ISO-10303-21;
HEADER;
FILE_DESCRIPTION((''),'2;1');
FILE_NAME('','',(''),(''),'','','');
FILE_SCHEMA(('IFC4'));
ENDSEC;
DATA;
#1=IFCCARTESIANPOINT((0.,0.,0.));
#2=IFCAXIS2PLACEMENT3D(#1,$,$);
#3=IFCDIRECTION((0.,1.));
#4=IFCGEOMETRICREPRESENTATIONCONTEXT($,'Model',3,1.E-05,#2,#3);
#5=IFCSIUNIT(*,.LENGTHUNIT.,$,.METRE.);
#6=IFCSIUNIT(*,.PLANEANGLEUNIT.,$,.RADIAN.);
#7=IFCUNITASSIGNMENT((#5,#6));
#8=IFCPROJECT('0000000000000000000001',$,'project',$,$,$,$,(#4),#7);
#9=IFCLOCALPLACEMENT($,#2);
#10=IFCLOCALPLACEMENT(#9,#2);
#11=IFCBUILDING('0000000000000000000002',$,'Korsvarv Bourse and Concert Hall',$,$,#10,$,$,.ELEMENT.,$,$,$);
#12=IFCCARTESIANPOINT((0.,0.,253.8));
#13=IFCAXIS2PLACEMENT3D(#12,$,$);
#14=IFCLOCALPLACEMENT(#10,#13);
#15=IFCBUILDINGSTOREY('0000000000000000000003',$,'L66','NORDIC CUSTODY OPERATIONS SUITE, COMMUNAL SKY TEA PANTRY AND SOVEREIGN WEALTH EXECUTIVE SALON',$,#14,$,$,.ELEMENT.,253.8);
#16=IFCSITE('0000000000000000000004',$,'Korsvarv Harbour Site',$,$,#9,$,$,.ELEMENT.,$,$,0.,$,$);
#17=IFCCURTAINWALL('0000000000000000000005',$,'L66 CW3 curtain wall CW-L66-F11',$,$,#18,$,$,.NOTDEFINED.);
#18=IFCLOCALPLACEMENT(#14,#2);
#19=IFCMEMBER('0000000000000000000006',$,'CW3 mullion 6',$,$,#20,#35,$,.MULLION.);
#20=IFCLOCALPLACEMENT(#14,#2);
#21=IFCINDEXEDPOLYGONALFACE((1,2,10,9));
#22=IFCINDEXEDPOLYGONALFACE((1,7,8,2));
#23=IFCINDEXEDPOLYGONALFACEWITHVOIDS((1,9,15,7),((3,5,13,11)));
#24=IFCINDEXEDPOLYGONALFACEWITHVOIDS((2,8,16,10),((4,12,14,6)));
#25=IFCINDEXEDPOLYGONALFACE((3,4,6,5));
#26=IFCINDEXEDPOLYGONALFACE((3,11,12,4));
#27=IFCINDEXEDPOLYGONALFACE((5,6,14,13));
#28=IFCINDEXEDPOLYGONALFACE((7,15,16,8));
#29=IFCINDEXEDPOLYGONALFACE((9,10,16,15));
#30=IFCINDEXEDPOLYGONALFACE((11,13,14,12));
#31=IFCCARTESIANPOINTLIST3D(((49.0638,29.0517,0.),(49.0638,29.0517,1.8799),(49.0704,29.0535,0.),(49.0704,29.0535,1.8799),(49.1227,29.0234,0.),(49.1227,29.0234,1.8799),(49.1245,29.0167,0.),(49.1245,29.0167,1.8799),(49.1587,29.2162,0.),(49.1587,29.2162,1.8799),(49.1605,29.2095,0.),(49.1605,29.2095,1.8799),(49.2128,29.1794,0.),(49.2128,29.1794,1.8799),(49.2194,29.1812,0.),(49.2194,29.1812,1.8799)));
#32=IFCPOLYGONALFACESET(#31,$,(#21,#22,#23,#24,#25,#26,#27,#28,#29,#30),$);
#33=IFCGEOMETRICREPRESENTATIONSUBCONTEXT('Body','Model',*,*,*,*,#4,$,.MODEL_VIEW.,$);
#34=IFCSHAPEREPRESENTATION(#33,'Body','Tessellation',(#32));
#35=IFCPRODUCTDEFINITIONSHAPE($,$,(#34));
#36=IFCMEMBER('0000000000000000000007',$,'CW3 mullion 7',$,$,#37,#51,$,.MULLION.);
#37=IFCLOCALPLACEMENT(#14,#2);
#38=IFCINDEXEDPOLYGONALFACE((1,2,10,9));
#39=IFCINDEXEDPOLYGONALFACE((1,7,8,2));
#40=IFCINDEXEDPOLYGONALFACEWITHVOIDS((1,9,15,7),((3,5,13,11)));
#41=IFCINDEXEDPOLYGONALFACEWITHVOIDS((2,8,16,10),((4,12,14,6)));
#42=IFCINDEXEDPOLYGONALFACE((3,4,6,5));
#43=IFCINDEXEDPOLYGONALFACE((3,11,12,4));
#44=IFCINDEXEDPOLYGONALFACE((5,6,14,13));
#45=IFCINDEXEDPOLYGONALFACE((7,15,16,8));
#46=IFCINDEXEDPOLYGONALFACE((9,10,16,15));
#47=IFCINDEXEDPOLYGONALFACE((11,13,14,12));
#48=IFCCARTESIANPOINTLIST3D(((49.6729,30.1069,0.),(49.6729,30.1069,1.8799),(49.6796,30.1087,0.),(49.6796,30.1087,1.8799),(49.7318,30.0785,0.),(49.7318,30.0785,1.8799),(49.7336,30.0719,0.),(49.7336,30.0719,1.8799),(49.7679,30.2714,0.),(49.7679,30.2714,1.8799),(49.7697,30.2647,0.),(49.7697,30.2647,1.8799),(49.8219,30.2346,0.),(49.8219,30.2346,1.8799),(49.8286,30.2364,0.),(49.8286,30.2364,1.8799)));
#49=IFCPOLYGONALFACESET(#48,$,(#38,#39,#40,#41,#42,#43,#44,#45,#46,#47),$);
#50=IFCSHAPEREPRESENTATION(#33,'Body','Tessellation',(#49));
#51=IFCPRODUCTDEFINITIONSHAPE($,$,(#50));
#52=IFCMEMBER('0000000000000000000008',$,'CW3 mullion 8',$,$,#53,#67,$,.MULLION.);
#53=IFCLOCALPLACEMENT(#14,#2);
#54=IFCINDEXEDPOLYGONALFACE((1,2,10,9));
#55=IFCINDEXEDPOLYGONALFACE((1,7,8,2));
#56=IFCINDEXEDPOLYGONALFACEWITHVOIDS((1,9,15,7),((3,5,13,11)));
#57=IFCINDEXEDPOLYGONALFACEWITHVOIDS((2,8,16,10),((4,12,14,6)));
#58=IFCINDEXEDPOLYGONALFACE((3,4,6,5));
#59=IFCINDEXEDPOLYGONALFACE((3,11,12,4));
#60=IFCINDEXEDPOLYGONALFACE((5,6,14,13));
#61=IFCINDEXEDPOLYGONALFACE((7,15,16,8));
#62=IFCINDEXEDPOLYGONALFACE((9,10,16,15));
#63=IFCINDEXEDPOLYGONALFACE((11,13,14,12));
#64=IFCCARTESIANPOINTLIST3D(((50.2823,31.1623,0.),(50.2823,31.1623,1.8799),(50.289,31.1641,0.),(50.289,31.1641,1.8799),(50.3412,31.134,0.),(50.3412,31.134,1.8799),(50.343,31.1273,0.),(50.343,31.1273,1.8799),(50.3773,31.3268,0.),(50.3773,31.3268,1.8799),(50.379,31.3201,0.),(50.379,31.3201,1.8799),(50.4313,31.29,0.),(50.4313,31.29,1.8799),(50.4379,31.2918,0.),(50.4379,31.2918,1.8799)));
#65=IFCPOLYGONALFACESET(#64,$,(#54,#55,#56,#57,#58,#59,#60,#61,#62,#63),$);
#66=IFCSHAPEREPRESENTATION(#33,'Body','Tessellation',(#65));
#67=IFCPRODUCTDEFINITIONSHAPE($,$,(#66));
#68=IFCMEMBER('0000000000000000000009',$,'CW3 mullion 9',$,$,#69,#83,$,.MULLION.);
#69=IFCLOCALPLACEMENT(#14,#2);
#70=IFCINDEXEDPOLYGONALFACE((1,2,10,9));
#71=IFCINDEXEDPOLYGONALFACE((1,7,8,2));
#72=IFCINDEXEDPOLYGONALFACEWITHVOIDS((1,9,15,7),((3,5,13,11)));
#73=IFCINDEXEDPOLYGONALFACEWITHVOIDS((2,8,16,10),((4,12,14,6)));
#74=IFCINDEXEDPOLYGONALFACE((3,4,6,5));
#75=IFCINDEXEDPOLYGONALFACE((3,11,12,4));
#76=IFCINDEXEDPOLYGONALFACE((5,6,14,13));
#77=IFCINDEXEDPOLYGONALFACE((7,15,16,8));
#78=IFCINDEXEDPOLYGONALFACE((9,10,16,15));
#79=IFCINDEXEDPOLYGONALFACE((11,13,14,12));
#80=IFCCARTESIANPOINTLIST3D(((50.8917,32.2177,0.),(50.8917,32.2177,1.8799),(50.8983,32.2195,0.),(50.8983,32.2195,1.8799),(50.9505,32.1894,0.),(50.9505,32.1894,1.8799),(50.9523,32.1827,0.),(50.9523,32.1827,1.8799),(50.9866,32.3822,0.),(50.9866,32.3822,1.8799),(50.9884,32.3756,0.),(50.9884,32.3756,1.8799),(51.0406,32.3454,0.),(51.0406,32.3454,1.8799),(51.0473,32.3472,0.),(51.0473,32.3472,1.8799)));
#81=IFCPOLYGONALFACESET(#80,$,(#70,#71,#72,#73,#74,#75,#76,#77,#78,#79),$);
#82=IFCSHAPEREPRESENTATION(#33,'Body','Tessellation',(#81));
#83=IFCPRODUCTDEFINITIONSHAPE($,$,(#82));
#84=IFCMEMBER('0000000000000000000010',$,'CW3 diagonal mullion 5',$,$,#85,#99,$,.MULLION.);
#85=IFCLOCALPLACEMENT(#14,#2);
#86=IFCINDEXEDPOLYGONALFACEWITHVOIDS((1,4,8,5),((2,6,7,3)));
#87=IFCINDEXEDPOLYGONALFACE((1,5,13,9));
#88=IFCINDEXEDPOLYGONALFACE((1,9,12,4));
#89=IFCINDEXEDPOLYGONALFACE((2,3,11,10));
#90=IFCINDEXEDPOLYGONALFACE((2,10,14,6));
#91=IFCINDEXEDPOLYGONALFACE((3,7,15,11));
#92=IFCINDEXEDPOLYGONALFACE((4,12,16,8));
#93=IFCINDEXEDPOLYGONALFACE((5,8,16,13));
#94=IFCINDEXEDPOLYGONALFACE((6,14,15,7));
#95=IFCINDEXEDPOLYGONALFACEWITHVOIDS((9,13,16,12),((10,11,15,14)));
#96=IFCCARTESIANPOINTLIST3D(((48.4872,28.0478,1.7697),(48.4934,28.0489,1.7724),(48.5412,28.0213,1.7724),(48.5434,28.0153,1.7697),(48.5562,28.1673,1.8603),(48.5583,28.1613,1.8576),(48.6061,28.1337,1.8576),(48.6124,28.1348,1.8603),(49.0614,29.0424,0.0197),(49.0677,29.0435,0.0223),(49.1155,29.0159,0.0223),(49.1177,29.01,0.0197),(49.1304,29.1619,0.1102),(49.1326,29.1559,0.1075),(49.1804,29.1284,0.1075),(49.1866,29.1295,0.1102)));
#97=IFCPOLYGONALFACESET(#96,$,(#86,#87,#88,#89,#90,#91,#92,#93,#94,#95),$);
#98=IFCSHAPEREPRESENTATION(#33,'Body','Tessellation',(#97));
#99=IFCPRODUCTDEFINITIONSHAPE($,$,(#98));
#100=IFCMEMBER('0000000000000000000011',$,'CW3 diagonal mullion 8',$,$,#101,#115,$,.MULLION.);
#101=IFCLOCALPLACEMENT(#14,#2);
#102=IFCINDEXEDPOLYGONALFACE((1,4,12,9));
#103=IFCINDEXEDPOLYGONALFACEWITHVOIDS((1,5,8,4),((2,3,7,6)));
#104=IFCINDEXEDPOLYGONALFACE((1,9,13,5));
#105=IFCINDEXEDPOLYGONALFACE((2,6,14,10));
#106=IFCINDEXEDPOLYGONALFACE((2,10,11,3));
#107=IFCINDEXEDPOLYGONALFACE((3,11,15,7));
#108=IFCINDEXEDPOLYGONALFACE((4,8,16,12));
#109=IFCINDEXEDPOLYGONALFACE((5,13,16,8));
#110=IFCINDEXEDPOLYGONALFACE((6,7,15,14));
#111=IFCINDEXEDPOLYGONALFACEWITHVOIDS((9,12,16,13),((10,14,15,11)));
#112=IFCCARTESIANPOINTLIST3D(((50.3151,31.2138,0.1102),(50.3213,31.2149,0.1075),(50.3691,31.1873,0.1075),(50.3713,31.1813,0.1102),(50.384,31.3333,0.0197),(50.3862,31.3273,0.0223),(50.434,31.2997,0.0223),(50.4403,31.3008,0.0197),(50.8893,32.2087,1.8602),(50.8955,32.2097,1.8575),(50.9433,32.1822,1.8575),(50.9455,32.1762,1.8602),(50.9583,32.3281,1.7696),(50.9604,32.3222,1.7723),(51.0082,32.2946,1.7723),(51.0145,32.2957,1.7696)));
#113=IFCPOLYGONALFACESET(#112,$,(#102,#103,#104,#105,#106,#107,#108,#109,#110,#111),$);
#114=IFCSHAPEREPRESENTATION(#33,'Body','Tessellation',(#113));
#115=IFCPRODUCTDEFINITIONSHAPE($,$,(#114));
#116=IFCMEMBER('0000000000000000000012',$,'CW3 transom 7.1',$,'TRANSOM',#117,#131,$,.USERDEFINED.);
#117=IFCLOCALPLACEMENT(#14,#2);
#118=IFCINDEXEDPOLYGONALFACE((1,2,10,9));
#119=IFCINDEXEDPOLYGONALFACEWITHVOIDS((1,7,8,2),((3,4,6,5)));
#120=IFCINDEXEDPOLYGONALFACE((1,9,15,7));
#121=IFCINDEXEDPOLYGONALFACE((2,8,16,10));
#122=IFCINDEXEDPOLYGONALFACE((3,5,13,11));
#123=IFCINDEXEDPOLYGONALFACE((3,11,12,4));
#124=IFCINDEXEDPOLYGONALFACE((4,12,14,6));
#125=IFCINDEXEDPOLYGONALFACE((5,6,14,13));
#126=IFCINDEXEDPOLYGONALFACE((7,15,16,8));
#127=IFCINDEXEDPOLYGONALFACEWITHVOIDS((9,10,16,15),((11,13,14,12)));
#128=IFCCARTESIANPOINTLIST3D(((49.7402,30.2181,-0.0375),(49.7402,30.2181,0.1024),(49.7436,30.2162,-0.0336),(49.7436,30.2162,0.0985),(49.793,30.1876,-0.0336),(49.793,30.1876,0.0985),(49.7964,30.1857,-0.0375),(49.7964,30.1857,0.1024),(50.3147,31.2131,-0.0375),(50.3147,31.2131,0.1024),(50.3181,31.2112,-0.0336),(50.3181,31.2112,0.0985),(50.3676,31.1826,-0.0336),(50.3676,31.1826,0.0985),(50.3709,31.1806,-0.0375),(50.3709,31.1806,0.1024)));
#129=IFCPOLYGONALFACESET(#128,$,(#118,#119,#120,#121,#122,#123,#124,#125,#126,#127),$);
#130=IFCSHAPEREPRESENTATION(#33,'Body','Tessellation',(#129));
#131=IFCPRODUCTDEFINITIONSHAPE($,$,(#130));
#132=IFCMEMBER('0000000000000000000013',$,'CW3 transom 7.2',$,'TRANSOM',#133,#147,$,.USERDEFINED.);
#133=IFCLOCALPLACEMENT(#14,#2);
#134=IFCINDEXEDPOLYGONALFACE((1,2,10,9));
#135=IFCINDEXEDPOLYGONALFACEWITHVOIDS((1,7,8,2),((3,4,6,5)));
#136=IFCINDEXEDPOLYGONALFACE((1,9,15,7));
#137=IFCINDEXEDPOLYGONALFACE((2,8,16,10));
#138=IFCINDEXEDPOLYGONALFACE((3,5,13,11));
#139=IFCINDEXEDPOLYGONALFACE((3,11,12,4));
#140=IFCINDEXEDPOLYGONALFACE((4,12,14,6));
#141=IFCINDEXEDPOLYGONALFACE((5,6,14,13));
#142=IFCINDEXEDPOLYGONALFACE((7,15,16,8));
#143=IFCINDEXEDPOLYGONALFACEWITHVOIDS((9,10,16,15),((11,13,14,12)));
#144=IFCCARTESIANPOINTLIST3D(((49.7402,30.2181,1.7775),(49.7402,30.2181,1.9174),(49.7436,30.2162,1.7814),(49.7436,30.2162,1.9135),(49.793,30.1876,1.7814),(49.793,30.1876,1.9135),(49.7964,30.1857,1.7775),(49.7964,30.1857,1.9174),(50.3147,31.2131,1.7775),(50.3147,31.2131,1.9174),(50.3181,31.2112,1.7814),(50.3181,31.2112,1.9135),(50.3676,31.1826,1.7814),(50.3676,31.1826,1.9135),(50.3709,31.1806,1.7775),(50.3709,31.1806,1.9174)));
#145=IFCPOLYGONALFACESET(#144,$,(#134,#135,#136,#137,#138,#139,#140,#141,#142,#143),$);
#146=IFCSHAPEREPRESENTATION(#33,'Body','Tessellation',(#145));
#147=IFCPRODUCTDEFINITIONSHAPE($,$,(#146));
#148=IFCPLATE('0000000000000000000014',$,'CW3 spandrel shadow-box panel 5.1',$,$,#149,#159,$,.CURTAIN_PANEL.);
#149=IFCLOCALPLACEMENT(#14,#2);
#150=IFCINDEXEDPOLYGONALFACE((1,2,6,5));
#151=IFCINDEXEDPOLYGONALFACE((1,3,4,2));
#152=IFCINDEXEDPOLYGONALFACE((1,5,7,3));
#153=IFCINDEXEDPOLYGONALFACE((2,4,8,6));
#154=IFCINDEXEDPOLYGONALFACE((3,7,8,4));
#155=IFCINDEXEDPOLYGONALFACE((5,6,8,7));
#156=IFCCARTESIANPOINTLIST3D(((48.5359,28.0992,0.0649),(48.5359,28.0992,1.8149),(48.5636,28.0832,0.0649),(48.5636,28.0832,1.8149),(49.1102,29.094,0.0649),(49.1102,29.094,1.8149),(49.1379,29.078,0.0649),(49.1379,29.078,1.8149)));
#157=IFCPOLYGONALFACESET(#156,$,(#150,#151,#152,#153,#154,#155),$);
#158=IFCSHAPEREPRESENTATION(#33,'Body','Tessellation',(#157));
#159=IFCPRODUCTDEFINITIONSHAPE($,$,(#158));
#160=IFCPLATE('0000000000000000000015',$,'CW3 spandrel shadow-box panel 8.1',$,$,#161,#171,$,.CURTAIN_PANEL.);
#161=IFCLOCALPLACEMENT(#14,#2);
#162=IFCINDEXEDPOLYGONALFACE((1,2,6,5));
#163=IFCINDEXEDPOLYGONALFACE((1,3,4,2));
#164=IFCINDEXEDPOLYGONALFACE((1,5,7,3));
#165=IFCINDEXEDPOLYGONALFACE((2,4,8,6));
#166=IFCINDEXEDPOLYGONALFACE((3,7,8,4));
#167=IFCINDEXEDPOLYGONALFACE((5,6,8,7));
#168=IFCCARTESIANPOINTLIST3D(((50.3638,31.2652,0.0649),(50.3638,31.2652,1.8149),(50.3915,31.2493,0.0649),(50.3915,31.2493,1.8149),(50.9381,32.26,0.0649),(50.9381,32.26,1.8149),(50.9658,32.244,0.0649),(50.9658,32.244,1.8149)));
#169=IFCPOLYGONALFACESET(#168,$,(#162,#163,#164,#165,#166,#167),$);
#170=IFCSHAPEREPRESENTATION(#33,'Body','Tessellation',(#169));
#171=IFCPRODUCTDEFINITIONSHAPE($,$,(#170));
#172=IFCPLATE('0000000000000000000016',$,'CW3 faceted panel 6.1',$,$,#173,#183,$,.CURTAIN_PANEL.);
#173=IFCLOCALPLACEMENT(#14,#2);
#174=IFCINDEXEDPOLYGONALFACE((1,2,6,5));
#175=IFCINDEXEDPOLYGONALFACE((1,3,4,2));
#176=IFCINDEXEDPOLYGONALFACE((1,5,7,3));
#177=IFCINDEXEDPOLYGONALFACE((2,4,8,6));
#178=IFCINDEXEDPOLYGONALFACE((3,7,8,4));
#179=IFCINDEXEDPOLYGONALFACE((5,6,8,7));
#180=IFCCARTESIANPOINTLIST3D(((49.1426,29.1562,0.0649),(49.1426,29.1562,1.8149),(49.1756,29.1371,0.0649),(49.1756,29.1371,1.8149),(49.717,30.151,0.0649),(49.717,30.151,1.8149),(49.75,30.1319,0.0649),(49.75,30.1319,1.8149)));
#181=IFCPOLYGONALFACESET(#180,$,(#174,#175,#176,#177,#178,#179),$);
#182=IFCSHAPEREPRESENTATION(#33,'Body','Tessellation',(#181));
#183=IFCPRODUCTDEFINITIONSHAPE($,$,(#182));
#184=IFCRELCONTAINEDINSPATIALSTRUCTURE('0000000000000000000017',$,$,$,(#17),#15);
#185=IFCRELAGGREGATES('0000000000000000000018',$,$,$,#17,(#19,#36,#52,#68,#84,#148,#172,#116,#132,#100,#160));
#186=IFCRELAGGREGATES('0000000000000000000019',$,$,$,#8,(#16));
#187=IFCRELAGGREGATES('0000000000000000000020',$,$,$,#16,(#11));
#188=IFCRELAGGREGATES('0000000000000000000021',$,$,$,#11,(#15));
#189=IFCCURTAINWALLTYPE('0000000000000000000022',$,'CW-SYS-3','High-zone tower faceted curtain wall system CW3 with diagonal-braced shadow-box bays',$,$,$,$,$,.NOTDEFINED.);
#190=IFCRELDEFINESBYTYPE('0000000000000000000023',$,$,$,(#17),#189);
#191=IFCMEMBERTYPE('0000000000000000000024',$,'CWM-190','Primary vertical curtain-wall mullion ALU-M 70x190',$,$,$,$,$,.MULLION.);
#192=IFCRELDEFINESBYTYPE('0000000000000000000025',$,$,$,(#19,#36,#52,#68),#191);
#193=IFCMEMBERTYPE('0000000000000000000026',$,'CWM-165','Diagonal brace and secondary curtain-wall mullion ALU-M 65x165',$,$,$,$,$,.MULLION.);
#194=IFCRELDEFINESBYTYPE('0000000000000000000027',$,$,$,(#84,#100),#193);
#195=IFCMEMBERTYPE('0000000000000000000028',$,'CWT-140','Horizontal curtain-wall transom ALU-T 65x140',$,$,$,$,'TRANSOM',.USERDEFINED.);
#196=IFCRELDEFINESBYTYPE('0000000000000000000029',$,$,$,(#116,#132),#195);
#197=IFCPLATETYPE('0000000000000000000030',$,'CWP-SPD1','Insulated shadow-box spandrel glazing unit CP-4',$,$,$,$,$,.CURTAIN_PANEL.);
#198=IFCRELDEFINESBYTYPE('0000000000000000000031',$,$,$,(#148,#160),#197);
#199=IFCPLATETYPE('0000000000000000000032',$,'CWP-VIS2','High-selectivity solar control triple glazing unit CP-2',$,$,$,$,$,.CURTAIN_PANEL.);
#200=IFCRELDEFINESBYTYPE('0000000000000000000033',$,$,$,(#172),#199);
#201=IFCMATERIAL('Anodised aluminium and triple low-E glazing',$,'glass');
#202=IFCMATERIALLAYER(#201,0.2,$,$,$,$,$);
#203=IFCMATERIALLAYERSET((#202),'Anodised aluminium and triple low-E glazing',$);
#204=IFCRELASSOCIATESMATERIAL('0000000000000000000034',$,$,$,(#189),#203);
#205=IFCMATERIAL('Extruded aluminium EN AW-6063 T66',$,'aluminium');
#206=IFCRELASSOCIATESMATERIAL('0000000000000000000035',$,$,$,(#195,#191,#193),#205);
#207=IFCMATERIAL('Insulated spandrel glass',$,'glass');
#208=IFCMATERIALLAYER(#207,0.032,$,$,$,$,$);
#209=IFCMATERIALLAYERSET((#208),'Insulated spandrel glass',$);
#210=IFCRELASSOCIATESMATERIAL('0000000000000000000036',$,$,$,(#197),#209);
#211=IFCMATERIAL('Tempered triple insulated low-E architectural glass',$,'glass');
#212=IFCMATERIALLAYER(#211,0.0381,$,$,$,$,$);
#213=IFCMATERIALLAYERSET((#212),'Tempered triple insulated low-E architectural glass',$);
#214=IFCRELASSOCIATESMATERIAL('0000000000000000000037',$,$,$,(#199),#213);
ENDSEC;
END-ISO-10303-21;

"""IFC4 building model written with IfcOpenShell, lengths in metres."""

from ifc_helpers import new_model, si_unit, direction, frame, origin, origin_2d, place, context, subcontext, project, spatial, rectangle, hollow_rectangle, extrude, source, transform, mapped, material, layer, layer_set, material_profile, profile_set, type_object, element, aggregate, save


model = new_model("IFC4")

# Units and contexts
model_context = context("Model", 3, precision=1e-05, world=origin(), true_north=direction((0.0, 1.0)))
body_context = subcontext(model_context, "Body", "Model", "MODEL_VIEW")
ifc_project = project(units=[si_unit("LENGTHUNIT", "METRE"), si_unit("PLANEANGLEUNIT", "RADIAN")], contexts=[model_context])

# Site, building, storey
site_placement = place(None, origin())
site = spatial("IfcSite", under=ifc_project, at=site_placement, Name="Korsvarv Harbour Site", CompositionType="ELEMENT", RefElevation=0.0)
building_placement = place(site_placement, origin())
building = spatial("IfcBuilding", under=site, at=building_placement, Name="Korsvarv Bourse and Concert Hall", CompositionType="ELEMENT")
storey_placement = place(building_placement, frame((0.0, 0.0, 253.8)))
storey = spatial("IfcBuildingStorey", under=building, at=storey_placement, Name="L66", Description="NORDIC CUSTODY OPERATIONS SUITE, COMMUNAL SKY TEA PANTRY AND SOVEREIGN WEALTH EXECUTIVE SALON", CompositionType="ELEMENT", Elevation=253.8)

# Curtain wall, members, plates
ifc_material_1 = material(Name="Anodised aluminium and triple low-E glazing", Category="glass")
ifc_layer_1 = layer(ifc_material_1, 0.2)
ifc_layer_set_1 = layer_set([ifc_layer_1], Name="Anodised aluminium and triple low-E glazing")
curtain_wall_type = type_object("IfcCurtainWallType", Name="CW-SYS-3", Description="High-zone tower faceted curtain wall system CW3 with diagonal-braced shadow-box bays", PredefinedType="NOTDEFINED", material=ifc_layer_set_1)
curtain_wall_placement = place(storey_placement, origin())
curtain_wall = element("IfcCurtainWall", 1, at=curtain_wall_placement, inside=storey, type_object=curtain_wall_type, Name="L66 CW3 curtain wall CW-L66-F11", PredefinedType="NOTDEFINED")
ifc_material_2 = material(Name="Extruded aluminium EN AW-6063 T66", Category="aluminium")
ifc_material_profile_1 = material_profile(ifc_material_2, hollow_rectangle(XDim=0.0649, YDim=0.1399, WallThickness=0.0039, at=origin_2d()), Name="ALU-T 65x140")
ifc_profile_set_1 = profile_set([ifc_material_profile_1], Name="Extruded aluminium EN AW-6063 T66")
member_type_1 = type_object("IfcMemberType", Name="CWT-140", Description="Horizontal curtain-wall transom ALU-T 65x140", ElementType="TRANSOM", PredefinedType="USERDEFINED", material=ifc_profile_set_1)
ifc_material_profile_2 = material_profile(ifc_material_2, hollow_rectangle(XDim=0.0701, YDim=0.1899, WallThickness=0.0049, at=origin_2d()), Name="ALU-M 70x190")
ifc_profile_set_2 = profile_set([ifc_material_profile_2], Name="Extruded aluminium EN AW-6063 T66")
member_type_2 = type_object("IfcMemberType", Name="CWM-190", Description="Primary vertical curtain-wall mullion ALU-M 70x190", PredefinedType="MULLION", material=ifc_profile_set_2)
shared_shape_1 = source(origin(), body_context, "Body", "SweptSolid", [
    extrude(hollow_rectangle(XDim=0.0701, YDim=0.1899, WallThickness=0.0049, at=origin_2d()), origin(), (0.0, 0.0, 1.0), 1.8799),
])
member_1_placement = place(storey_placement, frame((49.1416, 29.1165, 0.0), z_axis=(0.0, 0.0, 1.0), x_axis=(-0.866023, 0.500004, 0.0)))
member_1 = element("IfcMember", 2, at=member_1_placement, type_object=member_type_2, Name="CW3 mullion 6", PredefinedType="MULLION", context=body_context, shape_type="MappedRepresentation", body=[
    mapped(shared_shape_1, transform((0.0, 0.0, 0.0), scale=1.0)),
])
member_2_placement = place(storey_placement, frame((49.7507, 30.1716, 0.0), z_axis=(0.0, 0.0, 1.0), x_axis=(-0.866023, 0.500004, 0.0)))
member_2 = element("IfcMember", 3, at=member_2_placement, type_object=member_type_2, Name="CW3 mullion 7", PredefinedType="MULLION", context=body_context, shape_type="MappedRepresentation", body=[
    mapped(shared_shape_1, transform((0.0, 0.0, 0.0), scale=1.0)),
])
member_3_placement = place(storey_placement, frame((50.3601, 31.2271, 0.0), z_axis=(0.0, 0.0, 1.0), x_axis=(-0.866023, 0.500004, 0.0)))
member_3 = element("IfcMember", 4, at=member_3_placement, type_object=member_type_2, Name="CW3 mullion 8", PredefinedType="MULLION", context=body_context, shape_type="MappedRepresentation", body=[
    mapped(shared_shape_1, transform((0.0, 0.0, 0.0), scale=1.0)),
])
member_4_placement = place(storey_placement, frame((50.9695, 32.2825, 0.0), z_axis=(0.0, 0.0, 1.0), x_axis=(-0.866023, 0.500004, 0.0)))
member_4 = element("IfcMember", 5, at=member_4_placement, type_object=member_type_2, Name="CW3 mullion 9", PredefinedType="MULLION", context=body_context, shape_type="MappedRepresentation", body=[
    mapped(shared_shape_1, transform((0.0, 0.0, 0.0), scale=1.0)),
])
ifc_material_profile_3 = material_profile(ifc_material_2, hollow_rectangle(XDim=0.0649, YDim=0.165, WallThickness=0.0049, at=origin_2d()), Name="ALU-M 65x165")
ifc_profile_set_3 = profile_set([ifc_material_profile_3], Name="Extruded aluminium EN AW-6063 T66")
member_type_3 = type_object("IfcMemberType", Name="CWM-165", Description="Diagonal brace and secondary curtain-wall mullion ALU-M 65x165", PredefinedType="MULLION", material=ifc_profile_set_3)
shared_shape_2 = source(origin(), body_context, "Body", "SweptSolid", [
    extrude(hollow_rectangle(XDim=0.0649, YDim=0.165, WallThickness=0.0049, at=origin_2d()), origin(), (0.0, 0.0, 1.0), 2.0933),
])
member_5_placement = place(storey_placement, frame((49.124, 29.0859, 0.0649), z_axis=(-0.274325, -0.47517, 0.836038), x_axis=(0.866037, -0.49998, 0.0)))
member_5 = element("IfcMember", 6, at=member_5_placement, type_object=member_type_3, Name="CW3 diagonal mullion 5", PredefinedType="MULLION", context=body_context, shape_type="MappedRepresentation", body=[
    mapped(shared_shape_2, transform((0.0, 0.0, 0.0), scale=1.0)),
])
member_6_placement = place(storey_placement, frame((50.3777, 31.2573, 0.0649), z_axis=(0.27431, 0.47526, 0.835992), x_axis=(-0.86609, 0.499888, 0.0)))
member_6 = element("IfcMember", 7, at=member_6_placement, type_object=member_type_3, Name="CW3 diagonal mullion 8", PredefinedType="MULLION", context=body_context, shape_type="MappedRepresentation", body=[
    mapped(shared_shape_2, transform((0.0, 0.0, 0.0), scale=1.0)),
])
shared_shape_3 = source(origin(), body_context, "Body", "SweptSolid", [
    extrude(hollow_rectangle(XDim=0.0649, YDim=0.1399, WallThickness=0.0039, at=origin_2d()), origin(), (0.0, 0.0, 1.0), 1.1489),
])
member_7_placement = place(storey_placement, frame((49.7683, 30.2019, 0.0325), z_axis=(0.500047, 0.865998, 0.0), x_axis=(-0.865998, 0.500047, 0.0)))
member_7 = element("IfcMember", 8, at=member_7_placement, type_object=member_type_1, Name="CW3 transom 7.1", ObjectType="TRANSOM", PredefinedType="USERDEFINED", context=body_context, shape_type="MappedRepresentation", body=[
    mapped(shared_shape_3, transform((0.0, 0.0, 0.0), scale=1.0)),
])
member_8_placement = place(storey_placement, frame((49.7683, 30.2019, 1.8474), z_axis=(0.500047, 0.865998, 0.0), x_axis=(-0.865998, 0.500047, 0.0)))
member_8 = element("IfcMember", 9, at=member_8_placement, type_object=member_type_1, Name="CW3 transom 7.2", ObjectType="TRANSOM", PredefinedType="USERDEFINED", context=body_context, shape_type="MappedRepresentation", body=[
    mapped(shared_shape_3, transform((0.0, 0.0, 0.0), scale=1.0)),
])
ifc_material_3 = material(Name="Insulated spandrel glass", Category="glass")
ifc_layer_2 = layer(ifc_material_3, 0.032)
ifc_layer_set_2 = layer_set([ifc_layer_2], Name="Insulated spandrel glass")
plate_type_1 = type_object("IfcPlateType", Name="CWP-SPD1", Description="Insulated shadow-box spandrel glazing unit CP-4", PredefinedType="CURTAIN_PANEL", material=ifc_layer_set_2)
shared_shape_4 = source(origin(), body_context, "Body", "SweptSolid", [
    extrude(rectangle(XDim=1.1487, YDim=0.032, at=origin_2d()), origin(), (0.0, 0.0, 1.0), 1.75),
])
plate_1_placement = place(storey_placement, frame((48.8369, 28.5886, 0.0649), z_axis=(0.0, 0.0, 1.0), x_axis=(0.500004, 0.866023, 0.0)))
plate_1 = element("IfcPlate", 10, at=plate_1_placement, type_object=plate_type_1, Name="CW3 spandrel shadow-box panel 5.1", PredefinedType="CURTAIN_PANEL", context=body_context, shape_type="MappedRepresentation", body=[
    mapped(shared_shape_4, transform((0.0, 0.0, 0.0), scale=1.0)),
])
plate_2_placement = place(storey_placement, frame((50.6648, 31.7546, 0.0649), z_axis=(0.0, 0.0, 1.0), x_axis=(0.500004, 0.866023, 0.0)))
plate_2 = element("IfcPlate", 11, at=plate_2_placement, type_object=plate_type_1, Name="CW3 spandrel shadow-box panel 8.1", PredefinedType="CURTAIN_PANEL", context=body_context, shape_type="MappedRepresentation", body=[
    mapped(shared_shape_4, transform((0.0, 0.0, 0.0), scale=1.0)),
])
ifc_material_4 = material(Name="Tempered triple insulated low-E architectural glass", Category="glass")
ifc_layer_3 = layer(ifc_material_4, 0.0381)
ifc_layer_set_3 = layer_set([ifc_layer_3], Name="Tempered triple insulated low-E architectural glass")
plate_type_2 = type_object("IfcPlateType", Name="CWP-VIS2", Description="High-selectivity solar control triple glazing unit CP-2", PredefinedType="CURTAIN_PANEL", material=ifc_layer_set_3)
shared_shape_5 = source(origin(), body_context, "Body", "SweptSolid", [
    extrude(rectangle(XDim=1.1487, YDim=0.0381, at=origin_2d()), origin(), (0.0, 0.0, 1.0), 1.75),
])
plate_3_placement = place(storey_placement, frame((49.4463, 29.644, 0.0649), z_axis=(0.0, 0.0, 1.0), x_axis=(0.500004, 0.866023, 0.0)))
plate_3 = element("IfcPlate", 12, at=plate_3_placement, type_object=plate_type_2, Name="CW3 faceted panel 6.1", PredefinedType="CURTAIN_PANEL", context=body_context, shape_type="MappedRepresentation", body=[
    mapped(shared_shape_5, transform((0.0, 0.0, 0.0), scale=1.0)),
])
aggregate(curtain_wall, [member_1, member_2, member_3, member_4, member_5, plate_1, plate_3, member_7, member_8, member_6, plate_2])

save(model, "model.ifc")
